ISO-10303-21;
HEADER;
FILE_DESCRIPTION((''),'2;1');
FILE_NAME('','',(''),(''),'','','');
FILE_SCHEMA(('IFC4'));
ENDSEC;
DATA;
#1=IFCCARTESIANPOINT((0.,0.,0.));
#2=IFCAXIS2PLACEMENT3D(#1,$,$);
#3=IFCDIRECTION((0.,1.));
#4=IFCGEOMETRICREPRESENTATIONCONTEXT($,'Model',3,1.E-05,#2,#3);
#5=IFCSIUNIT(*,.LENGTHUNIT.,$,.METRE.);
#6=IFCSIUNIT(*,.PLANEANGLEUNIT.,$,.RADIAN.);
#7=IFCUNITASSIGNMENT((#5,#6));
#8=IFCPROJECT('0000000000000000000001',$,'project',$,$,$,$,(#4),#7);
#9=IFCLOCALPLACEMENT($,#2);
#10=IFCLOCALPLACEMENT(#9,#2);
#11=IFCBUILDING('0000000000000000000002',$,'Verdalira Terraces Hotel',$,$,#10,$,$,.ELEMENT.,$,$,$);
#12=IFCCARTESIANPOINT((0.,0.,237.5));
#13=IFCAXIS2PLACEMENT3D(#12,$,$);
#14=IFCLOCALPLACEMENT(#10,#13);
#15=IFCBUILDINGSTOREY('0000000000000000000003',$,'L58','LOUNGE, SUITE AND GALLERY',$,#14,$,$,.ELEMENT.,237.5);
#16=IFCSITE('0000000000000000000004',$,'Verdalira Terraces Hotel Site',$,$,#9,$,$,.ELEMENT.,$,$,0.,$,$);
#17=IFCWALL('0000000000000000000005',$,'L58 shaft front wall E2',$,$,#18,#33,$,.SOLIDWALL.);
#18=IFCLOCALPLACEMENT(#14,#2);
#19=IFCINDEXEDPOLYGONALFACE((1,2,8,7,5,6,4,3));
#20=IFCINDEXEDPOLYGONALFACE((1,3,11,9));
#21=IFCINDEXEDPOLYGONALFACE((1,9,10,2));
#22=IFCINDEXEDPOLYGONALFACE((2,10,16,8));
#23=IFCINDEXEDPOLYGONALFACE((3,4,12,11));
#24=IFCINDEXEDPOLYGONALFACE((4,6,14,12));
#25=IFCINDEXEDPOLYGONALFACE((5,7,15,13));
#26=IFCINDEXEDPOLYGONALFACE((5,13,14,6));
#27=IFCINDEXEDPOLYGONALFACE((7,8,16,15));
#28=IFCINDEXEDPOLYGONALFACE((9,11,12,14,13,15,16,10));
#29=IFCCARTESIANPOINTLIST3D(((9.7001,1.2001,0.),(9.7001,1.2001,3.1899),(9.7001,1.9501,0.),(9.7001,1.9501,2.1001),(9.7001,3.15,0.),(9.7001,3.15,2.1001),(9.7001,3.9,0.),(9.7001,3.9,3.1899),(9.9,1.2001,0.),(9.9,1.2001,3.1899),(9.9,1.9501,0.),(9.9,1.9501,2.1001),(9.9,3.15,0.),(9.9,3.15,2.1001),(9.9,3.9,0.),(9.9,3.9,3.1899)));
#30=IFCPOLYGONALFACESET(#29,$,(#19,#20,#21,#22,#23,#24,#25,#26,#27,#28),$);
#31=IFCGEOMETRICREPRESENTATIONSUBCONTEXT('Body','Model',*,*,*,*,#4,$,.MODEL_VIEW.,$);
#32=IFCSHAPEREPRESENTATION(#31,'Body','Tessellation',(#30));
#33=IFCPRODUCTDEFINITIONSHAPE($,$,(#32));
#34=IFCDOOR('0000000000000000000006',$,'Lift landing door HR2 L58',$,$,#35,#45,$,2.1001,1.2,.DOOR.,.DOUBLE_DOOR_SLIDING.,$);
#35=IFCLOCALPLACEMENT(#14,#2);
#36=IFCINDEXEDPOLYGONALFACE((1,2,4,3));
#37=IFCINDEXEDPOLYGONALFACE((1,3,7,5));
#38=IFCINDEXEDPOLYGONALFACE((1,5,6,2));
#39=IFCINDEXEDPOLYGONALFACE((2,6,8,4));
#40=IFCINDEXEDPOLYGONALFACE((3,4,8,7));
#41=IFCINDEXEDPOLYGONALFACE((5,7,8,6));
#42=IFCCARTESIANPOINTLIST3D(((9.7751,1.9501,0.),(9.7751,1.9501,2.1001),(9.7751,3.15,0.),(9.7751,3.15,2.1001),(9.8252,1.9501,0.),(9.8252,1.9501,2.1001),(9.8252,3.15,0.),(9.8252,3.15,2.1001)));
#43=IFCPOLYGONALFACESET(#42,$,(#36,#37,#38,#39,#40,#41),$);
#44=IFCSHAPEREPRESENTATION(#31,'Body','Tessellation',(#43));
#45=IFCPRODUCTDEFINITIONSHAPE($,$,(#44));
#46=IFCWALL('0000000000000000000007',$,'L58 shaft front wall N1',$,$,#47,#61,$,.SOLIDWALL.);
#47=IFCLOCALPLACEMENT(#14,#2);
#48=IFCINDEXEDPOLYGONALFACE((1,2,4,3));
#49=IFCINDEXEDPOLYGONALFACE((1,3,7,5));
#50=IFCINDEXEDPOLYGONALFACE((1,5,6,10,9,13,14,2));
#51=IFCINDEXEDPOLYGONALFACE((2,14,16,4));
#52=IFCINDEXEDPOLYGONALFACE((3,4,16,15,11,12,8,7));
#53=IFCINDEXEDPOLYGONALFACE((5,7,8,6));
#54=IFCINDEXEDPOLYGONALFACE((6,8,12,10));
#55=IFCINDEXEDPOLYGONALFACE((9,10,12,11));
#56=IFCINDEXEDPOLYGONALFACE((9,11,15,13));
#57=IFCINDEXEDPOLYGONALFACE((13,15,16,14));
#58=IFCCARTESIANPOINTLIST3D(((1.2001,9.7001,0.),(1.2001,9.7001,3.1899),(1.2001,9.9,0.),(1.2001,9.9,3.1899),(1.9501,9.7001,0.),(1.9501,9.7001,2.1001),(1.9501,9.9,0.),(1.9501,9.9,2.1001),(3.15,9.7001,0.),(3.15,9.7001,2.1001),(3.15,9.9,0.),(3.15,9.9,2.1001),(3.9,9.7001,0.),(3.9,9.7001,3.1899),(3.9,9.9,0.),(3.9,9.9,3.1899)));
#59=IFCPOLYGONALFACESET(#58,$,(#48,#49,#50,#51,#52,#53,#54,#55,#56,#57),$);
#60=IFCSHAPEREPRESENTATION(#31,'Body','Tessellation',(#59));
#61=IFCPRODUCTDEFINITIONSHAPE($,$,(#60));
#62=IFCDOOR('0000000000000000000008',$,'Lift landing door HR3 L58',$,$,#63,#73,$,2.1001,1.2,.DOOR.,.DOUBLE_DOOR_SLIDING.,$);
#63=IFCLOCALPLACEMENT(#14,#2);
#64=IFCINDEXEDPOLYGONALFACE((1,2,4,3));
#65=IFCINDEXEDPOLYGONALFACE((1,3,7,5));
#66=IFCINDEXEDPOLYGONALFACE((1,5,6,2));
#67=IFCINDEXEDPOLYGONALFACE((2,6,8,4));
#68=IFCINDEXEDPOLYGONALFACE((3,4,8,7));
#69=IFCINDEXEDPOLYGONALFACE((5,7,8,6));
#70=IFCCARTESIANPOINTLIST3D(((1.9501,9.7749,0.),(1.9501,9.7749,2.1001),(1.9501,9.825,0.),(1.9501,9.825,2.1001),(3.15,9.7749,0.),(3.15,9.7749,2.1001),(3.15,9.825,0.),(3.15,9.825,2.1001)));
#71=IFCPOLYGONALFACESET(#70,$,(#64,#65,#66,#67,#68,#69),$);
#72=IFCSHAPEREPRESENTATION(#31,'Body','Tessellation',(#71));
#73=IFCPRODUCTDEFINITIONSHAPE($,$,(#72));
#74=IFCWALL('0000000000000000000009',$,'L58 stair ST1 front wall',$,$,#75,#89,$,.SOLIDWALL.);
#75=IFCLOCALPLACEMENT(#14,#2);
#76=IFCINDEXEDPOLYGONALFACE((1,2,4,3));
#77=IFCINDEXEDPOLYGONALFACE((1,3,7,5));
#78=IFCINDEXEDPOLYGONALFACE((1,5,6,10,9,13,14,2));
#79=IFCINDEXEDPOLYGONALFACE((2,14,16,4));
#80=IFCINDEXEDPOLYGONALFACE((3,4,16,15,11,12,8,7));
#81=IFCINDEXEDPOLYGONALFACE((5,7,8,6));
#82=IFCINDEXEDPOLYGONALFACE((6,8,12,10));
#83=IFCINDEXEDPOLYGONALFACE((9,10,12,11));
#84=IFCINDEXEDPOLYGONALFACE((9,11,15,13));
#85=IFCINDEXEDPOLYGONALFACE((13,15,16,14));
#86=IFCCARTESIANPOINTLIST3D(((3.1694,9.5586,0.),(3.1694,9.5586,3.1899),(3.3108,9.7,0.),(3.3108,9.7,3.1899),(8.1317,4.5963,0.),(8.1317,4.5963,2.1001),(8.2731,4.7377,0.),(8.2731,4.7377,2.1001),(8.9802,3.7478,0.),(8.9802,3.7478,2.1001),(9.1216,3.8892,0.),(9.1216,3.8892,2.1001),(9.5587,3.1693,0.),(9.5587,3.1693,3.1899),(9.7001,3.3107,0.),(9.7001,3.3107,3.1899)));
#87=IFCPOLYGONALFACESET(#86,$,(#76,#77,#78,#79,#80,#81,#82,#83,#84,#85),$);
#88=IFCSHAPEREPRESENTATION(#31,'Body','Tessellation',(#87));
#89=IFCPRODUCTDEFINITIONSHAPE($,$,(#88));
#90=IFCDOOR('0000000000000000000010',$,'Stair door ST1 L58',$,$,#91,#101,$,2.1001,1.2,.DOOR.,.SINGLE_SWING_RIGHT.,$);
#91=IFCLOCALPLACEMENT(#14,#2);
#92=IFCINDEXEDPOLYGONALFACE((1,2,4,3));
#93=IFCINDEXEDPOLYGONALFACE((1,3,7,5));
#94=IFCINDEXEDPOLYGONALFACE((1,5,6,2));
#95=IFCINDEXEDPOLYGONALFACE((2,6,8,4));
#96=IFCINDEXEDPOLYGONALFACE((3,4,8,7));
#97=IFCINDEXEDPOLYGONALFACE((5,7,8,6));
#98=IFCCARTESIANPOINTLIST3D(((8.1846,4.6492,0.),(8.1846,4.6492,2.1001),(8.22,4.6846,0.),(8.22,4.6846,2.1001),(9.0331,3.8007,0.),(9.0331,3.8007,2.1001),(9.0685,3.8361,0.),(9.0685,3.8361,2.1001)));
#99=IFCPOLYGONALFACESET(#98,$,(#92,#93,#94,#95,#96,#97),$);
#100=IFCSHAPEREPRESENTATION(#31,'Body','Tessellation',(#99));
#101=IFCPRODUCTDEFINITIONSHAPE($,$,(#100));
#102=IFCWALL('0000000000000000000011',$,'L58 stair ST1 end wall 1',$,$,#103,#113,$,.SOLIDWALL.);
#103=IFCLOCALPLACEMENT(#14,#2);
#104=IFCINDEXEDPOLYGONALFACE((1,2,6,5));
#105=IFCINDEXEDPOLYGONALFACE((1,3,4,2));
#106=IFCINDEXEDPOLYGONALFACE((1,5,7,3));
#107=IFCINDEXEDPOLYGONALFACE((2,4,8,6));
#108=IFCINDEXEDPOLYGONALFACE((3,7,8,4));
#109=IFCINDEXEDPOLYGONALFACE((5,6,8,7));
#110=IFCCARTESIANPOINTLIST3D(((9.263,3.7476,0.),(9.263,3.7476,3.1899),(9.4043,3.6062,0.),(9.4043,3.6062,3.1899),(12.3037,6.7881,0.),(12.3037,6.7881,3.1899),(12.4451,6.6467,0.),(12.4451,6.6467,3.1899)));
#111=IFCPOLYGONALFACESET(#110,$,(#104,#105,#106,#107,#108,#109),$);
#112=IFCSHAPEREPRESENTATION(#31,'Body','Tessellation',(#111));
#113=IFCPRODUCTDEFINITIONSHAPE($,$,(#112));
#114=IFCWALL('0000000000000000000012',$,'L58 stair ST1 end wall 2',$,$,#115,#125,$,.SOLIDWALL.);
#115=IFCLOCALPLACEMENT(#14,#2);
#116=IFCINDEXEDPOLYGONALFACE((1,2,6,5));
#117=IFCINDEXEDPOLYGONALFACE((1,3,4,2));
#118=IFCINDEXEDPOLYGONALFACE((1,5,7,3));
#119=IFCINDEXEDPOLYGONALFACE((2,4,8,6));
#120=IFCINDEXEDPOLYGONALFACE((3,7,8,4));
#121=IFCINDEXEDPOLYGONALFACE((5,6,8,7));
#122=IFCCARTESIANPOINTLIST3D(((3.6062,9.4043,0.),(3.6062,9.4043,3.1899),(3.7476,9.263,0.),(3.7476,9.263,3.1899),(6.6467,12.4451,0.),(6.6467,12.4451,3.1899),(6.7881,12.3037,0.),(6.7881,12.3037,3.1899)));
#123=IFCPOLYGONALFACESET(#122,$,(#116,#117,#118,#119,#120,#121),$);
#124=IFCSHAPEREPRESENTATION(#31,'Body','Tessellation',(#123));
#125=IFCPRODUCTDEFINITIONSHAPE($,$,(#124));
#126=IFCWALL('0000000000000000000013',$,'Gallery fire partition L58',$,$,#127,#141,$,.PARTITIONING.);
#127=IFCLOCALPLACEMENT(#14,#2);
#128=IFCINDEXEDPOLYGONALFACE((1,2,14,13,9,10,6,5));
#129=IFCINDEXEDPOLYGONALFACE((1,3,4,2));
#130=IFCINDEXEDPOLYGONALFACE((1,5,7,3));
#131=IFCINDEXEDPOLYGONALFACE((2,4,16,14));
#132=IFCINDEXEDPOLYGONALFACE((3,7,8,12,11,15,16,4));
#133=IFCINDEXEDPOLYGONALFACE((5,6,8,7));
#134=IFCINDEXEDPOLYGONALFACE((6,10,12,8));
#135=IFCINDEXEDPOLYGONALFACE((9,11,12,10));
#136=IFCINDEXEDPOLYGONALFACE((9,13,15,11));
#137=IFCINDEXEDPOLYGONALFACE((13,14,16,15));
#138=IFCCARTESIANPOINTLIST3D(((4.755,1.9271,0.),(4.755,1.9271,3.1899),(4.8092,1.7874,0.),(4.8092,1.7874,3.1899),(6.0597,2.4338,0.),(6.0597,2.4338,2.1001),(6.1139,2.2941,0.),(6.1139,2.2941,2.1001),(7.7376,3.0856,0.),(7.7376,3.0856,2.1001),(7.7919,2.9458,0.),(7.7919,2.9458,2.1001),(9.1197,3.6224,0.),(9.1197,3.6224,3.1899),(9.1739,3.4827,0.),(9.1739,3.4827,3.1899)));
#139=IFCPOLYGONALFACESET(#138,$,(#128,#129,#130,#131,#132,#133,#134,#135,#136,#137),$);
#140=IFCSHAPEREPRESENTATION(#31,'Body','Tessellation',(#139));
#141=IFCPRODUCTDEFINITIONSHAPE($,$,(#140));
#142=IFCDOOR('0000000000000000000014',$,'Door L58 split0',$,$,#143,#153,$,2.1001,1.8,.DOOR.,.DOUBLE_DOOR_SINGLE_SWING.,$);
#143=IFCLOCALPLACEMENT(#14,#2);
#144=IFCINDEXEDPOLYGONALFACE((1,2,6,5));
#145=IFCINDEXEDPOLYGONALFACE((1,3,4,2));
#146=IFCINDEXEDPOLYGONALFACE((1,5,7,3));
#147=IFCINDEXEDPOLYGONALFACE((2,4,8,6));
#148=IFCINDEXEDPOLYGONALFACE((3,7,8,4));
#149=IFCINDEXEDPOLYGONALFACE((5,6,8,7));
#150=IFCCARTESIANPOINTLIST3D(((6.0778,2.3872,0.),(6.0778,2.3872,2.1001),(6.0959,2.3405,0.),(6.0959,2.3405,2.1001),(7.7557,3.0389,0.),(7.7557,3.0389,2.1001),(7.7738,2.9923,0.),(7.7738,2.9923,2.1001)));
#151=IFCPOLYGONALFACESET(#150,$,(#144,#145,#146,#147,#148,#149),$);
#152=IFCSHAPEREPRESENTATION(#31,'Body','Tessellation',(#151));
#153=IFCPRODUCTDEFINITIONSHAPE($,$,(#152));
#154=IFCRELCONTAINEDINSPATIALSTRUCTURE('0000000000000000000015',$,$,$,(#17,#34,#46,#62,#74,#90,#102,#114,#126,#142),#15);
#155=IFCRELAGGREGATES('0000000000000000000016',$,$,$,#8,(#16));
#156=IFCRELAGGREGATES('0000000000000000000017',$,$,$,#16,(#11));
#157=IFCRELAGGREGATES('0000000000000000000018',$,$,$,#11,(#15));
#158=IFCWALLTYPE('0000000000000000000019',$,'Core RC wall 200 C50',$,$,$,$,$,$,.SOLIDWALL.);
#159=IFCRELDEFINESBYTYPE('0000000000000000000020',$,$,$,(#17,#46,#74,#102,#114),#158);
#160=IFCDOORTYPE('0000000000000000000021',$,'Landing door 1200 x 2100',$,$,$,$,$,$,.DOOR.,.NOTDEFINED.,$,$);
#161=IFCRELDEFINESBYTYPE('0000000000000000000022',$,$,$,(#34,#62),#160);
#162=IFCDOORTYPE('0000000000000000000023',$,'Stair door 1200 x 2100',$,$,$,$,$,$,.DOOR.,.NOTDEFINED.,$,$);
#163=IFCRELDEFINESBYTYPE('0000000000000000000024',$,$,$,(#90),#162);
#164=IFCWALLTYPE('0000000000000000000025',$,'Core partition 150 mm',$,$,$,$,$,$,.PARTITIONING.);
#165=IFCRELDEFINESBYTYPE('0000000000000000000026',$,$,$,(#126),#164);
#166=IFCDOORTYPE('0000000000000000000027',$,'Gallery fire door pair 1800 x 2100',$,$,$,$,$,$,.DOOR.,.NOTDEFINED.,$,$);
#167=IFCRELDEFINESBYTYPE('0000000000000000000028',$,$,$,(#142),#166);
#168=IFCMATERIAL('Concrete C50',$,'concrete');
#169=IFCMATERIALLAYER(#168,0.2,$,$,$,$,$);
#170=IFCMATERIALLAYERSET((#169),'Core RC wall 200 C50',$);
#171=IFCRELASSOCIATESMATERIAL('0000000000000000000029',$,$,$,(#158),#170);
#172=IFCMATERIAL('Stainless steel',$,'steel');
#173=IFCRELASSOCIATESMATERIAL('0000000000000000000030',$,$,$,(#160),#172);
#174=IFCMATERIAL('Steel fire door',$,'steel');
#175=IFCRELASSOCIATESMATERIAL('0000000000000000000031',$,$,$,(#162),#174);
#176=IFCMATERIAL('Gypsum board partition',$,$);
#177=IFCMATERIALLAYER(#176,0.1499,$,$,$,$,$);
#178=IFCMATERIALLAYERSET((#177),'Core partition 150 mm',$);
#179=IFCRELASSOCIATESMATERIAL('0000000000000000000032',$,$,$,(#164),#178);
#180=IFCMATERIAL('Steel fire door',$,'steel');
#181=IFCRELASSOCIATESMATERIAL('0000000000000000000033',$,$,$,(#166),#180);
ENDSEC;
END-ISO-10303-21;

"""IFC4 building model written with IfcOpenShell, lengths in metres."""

from ifc_helpers import new_model, si_unit, direction, frame, frame_2d, origin, place, context, subcontext, project, spatial, rectangle, extrude, material, layer, layer_set, type_object, element, fill, save


model = new_model("IFC4")

# Units and contexts
model_context = context("Model", 3, precision=1e-05, world=origin(), true_north=direction((0.0, 1.0)))
body_context = subcontext(model_context, "Body", "Model", "MODEL_VIEW")
ifc_project = project(units=[si_unit("LENGTHUNIT", "METRE"), si_unit("PLANEANGLEUNIT", "RADIAN")], contexts=[model_context])

# Site, building, storey
site_placement = place(None, origin())
site = spatial("IfcSite", under=ifc_project, at=site_placement, Name="Verdalira Terraces Hotel Site", CompositionType="ELEMENT", RefElevation=0.0)
building_placement = place(site_placement, origin())
building = spatial("IfcBuilding", under=site, at=building_placement, Name="Verdalira Terraces Hotel", CompositionType="ELEMENT")
storey_placement = place(building_placement, frame((0.0, 0.0, 237.5)))
storey = spatial("IfcBuildingStorey", under=building, at=storey_placement, Name="L58", Description="LOUNGE, SUITE AND GALLERY", CompositionType="ELEMENT", Elevation=237.5)

# Walls, openings, doors
ifc_material_1 = material(Name="Concrete C50", Category="concrete")
ifc_layer_1 = layer(ifc_material_1, 0.2)
ifc_layer_set_1 = layer_set([ifc_layer_1], Name="Core RC wall 200 C50")
wall_type_1 = type_object("IfcWallType", Name="Core RC wall 200 C50", PredefinedType="SOLIDWALL", material=ifc_layer_set_1)
wall_1_placement = place(storey_placement, frame((9.8, 1.2, 0.0), z_axis=(0.0, 0.0, 1.0), x_axis=(0.0, 1.0, 0.0)))
wall_1 = element("IfcWall", 1, at=wall_1_placement, inside=storey, type_object=wall_type_1, Name="L58 shaft front wall E2", PredefinedType="SOLIDWALL", context=body_context, shape_type="SweptSolid", body=[
    extrude(rectangle(XDim=2.7, YDim=0.2, at=frame_2d((1.3501, 0.0))), origin(), (0.0, 0.0, 1.0), 3.1899),
])
opening_1_placement = place(wall_1_placement, frame((0.75, 0.0, 0.0)))
opening_1 = element("IfcOpeningElement", 2, at=opening_1_placement, cuts=wall_1, PredefinedType="OPENING", context=body_context, shape_type="SweptSolid", body=[
    extrude(rectangle(XDim=1.2, YDim=2.1001, at=frame_2d((0.6001, 1.05))), frame((0.0, 0.1099, 0.0), z_axis=(0.0, -1.0, 0.0), x_axis=(1.0, 0.0, 0.0)), (0.0, 0.0, 1.0), 0.22),
])
ifc_material_2 = material(Name="Stainless steel", Category="steel")
door_type_1 = type_object("IfcDoorType", Name="Landing door 1200 x 2100", OperationType="NOTDEFINED", PredefinedType="DOOR", material=ifc_material_2)
door_1_placement = place(opening_1_placement, origin())
door_1 = element("IfcDoor", 3, at=door_1_placement, inside=storey, type_object=door_type_1, Name="Lift landing door HR2 L58", OperationType="DOUBLE_DOOR_SLIDING", OverallHeight=2.1001, OverallWidth=1.2, PredefinedType="DOOR", context=body_context, shape_type="SweptSolid", body=[
    extrude(rectangle(XDim=1.2, YDim=2.1001, at=frame_2d((0.6001, 1.05))), frame((0.0, 0.0249, 0.0), z_axis=(0.0, -1.0, 0.0), x_axis=(1.0, 0.0, 0.0)), (0.0, 0.0, 1.0), 0.05),
])
fill(opening_1, door_1)
wall_2_placement = place(storey_placement, frame((1.2, 9.8, 0.0), z_axis=(0.0, 0.0, 1.0), x_axis=(1.0, 0.0, 0.0)))
wall_2 = element("IfcWall", 4, at=wall_2_placement, inside=storey, type_object=wall_type_1, Name="L58 shaft front wall N1", PredefinedType="SOLIDWALL", context=body_context, shape_type="SweptSolid", body=[
    extrude(rectangle(XDim=2.7, YDim=0.2, at=frame_2d((1.3501, 0.0))), origin(), (0.0, 0.0, 1.0), 3.1899),
])
opening_2_placement = place(wall_2_placement, frame((0.75, 0.0, 0.0)))
opening_2 = element("IfcOpeningElement", 5, at=opening_2_placement, cuts=wall_2, PredefinedType="OPENING", context=body_context, shape_type="SweptSolid", body=[
    extrude(rectangle(XDim=1.2, YDim=2.1001, at=frame_2d((0.6001, 1.05))), frame((0.0, 0.1099, 0.0), z_axis=(0.0, -1.0, 0.0), x_axis=(1.0, 0.0, 0.0)), (0.0, 0.0, 1.0), 0.22),
])
door_2_placement = place(opening_2_placement, origin())
door_2 = element("IfcDoor", 6, at=door_2_placement, inside=storey, type_object=door_type_1, Name="Lift landing door HR3 L58", OperationType="DOUBLE_DOOR_SLIDING", OverallHeight=2.1001, OverallWidth=1.2, PredefinedType="DOOR", context=body_context, shape_type="SweptSolid", body=[
    extrude(rectangle(XDim=1.2, YDim=2.1001, at=frame_2d((0.6001, 1.05))), frame((0.0, 0.0249, 0.0), z_axis=(0.0, -1.0, 0.0), x_axis=(1.0, 0.0, 0.0)), (0.0, 0.0, 1.0), 0.05),
])
fill(opening_2, door_2)
wall_3_placement = place(storey_placement, frame((3.24, 9.6294, 0.0), z_axis=(0.0, 0.0, 1.0), x_axis=(0.707107, -0.707107, 0.0)))
wall_3 = element("IfcWall", 7, at=wall_3_placement, inside=storey, type_object=wall_type_1, Name="L58 stair ST1 front wall", PredefinedType="SOLIDWALL", context=body_context, shape_type="SweptSolid", body=[
    extrude(rectangle(XDim=9.0359, YDim=0.2, at=frame_2d((4.5181, 0.0))), origin(), (0.0, 0.0, 1.0), 3.1899),
])
opening_3_placement = place(wall_3_placement, frame((7.0178, 0.0, 0.0)))
opening_3 = element("IfcOpeningElement", 8, at=opening_3_placement, cuts=wall_3, PredefinedType="OPENING", context=body_context, shape_type="SweptSolid", body=[
    extrude(rectangle(XDim=1.2, YDim=2.1001, at=frame_2d((0.6001, 1.05))), frame((0.0, 0.1099, 0.0), z_axis=(0.0, -1.0, 0.0), x_axis=(1.0, 0.0, 0.0)), (0.0, 0.0, 1.0), 0.22),
])
ifc_material_3 = material(Name="Steel fire door", Category="steel")
door_type_2 = type_object("IfcDoorType", Name="Stair door 1200 x 2100", OperationType="NOTDEFINED", PredefinedType="DOOR", material=ifc_material_3)
door_3_placement = place(opening_3_placement, origin())
door_3 = element("IfcDoor", 9, at=door_3_placement, inside=storey, type_object=door_type_2, Name="Stair door ST1 L58", OperationType="SINGLE_SWING_RIGHT", OverallHeight=2.1001, OverallWidth=1.2, PredefinedType="DOOR", context=body_context, shape_type="SweptSolid", body=[
    extrude(rectangle(XDim=1.2, YDim=2.1001, at=frame_2d((0.6001, 1.05))), frame((0.0, 0.0249, 0.0), z_axis=(0.0, -1.0, 0.0), x_axis=(1.0, 0.0, 0.0)), (0.0, 0.0, 1.0), 0.05),
])
fill(opening_3, door_3)

# Walls
for number, where, z_axis, x_axis, name in (
    (10, (9.3337, 3.677, 0.0), (0.0, 0.0, 1.0), (0.707135, 0.707078, 0.0), "L58 stair ST1 end wall 1"),
    (11, (3.677, 9.3337, 0.0), (0.0, 0.0, 1.0), (0.707078, 0.707135, 0.0), "L58 stair ST1 end wall 2"),
):
    element("IfcWall", number, at=place(storey_placement, frame(where, z_axis=z_axis, x_axis=x_axis)), inside=storey, type_object=wall_type_1, Name=name, PredefinedType="SOLIDWALL", context=body_context, shape_type="SweptSolid", body=[
        extrude(rectangle(XDim=4.3, YDim=0.2, at=frame_2d((2.1499, 0.0))), origin(), (0.0, 0.0, 1.0), 3.1899),
    ])

# Wall, opening, door
ifc_material_4 = material(Name="Gypsum board partition")
ifc_layer_2 = layer(ifc_material_4, 0.1499)
ifc_layer_set_2 = layer_set([ifc_layer_2], Name="Core partition 150 mm")
wall_type_2 = type_object("IfcWallType", Name="Core partition 150 mm", PredefinedType="PARTITIONING", material=ifc_layer_set_2)
wall_4_placement = place(storey_placement, frame((4.782, 1.8572, 0.0), z_axis=(0.0, 0.0, 1.0), x_axis=(0.932155, 0.362059, 0.0)))
wall_4 = element("IfcWall", 12, at=wall_4_placement, inside=storey, type_object=wall_type_2, Name="Gallery fire partition L58", PredefinedType="PARTITIONING", context=body_context, shape_type="SweptSolid", body=[
    extrude(rectangle(XDim=4.6824, YDim=0.1499, at=frame_2d((2.3413, 0.0))), origin(), (0.0, 0.0, 1.0), 3.1899),
])
opening_4_placement = place(wall_4_placement, frame((1.3999, 0.0, 0.0)))
opening_4 = element("IfcOpeningElement", 13, at=opening_4_placement, cuts=wall_4, PredefinedType="OPENING", context=body_context, shape_type="SweptSolid", body=[
    extrude(rectangle(XDim=1.8, YDim=2.1001, at=frame_2d((0.8999, 1.05))), frame((0.0, 0.085, 0.0), z_axis=(0.0, -1.0, 0.0), x_axis=(1.0, 0.0, 0.0)), (0.0, 0.0, 1.0), 0.1699),
])
ifc_material_5 = material(Name="Steel fire door", Category="steel")
door_type_3 = type_object("IfcDoorType", Name="Gallery fire door pair 1800 x 2100", OperationType="NOTDEFINED", PredefinedType="DOOR", material=ifc_material_5)
door_4_placement = place(opening_4_placement, origin())
door_4 = element("IfcDoor", 14, at=door_4_placement, inside=storey, type_object=door_type_3, Name="Door L58 split0", OperationType="DOUBLE_DOOR_SINGLE_SWING", OverallHeight=2.1001, OverallWidth=1.8, PredefinedType="DOOR", context=body_context, shape_type="SweptSolid", body=[
    extrude(rectangle(XDim=1.8, YDim=2.1001, at=frame_2d((0.8999, 1.05))), frame((0.0, 0.0249, 0.0), z_axis=(0.0, -1.0, 0.0), x_axis=(1.0, 0.0, 0.0)), (0.0, 0.0, 1.0), 0.05),
])
fill(opening_4, door_4)

save(model, "model.ifc")
